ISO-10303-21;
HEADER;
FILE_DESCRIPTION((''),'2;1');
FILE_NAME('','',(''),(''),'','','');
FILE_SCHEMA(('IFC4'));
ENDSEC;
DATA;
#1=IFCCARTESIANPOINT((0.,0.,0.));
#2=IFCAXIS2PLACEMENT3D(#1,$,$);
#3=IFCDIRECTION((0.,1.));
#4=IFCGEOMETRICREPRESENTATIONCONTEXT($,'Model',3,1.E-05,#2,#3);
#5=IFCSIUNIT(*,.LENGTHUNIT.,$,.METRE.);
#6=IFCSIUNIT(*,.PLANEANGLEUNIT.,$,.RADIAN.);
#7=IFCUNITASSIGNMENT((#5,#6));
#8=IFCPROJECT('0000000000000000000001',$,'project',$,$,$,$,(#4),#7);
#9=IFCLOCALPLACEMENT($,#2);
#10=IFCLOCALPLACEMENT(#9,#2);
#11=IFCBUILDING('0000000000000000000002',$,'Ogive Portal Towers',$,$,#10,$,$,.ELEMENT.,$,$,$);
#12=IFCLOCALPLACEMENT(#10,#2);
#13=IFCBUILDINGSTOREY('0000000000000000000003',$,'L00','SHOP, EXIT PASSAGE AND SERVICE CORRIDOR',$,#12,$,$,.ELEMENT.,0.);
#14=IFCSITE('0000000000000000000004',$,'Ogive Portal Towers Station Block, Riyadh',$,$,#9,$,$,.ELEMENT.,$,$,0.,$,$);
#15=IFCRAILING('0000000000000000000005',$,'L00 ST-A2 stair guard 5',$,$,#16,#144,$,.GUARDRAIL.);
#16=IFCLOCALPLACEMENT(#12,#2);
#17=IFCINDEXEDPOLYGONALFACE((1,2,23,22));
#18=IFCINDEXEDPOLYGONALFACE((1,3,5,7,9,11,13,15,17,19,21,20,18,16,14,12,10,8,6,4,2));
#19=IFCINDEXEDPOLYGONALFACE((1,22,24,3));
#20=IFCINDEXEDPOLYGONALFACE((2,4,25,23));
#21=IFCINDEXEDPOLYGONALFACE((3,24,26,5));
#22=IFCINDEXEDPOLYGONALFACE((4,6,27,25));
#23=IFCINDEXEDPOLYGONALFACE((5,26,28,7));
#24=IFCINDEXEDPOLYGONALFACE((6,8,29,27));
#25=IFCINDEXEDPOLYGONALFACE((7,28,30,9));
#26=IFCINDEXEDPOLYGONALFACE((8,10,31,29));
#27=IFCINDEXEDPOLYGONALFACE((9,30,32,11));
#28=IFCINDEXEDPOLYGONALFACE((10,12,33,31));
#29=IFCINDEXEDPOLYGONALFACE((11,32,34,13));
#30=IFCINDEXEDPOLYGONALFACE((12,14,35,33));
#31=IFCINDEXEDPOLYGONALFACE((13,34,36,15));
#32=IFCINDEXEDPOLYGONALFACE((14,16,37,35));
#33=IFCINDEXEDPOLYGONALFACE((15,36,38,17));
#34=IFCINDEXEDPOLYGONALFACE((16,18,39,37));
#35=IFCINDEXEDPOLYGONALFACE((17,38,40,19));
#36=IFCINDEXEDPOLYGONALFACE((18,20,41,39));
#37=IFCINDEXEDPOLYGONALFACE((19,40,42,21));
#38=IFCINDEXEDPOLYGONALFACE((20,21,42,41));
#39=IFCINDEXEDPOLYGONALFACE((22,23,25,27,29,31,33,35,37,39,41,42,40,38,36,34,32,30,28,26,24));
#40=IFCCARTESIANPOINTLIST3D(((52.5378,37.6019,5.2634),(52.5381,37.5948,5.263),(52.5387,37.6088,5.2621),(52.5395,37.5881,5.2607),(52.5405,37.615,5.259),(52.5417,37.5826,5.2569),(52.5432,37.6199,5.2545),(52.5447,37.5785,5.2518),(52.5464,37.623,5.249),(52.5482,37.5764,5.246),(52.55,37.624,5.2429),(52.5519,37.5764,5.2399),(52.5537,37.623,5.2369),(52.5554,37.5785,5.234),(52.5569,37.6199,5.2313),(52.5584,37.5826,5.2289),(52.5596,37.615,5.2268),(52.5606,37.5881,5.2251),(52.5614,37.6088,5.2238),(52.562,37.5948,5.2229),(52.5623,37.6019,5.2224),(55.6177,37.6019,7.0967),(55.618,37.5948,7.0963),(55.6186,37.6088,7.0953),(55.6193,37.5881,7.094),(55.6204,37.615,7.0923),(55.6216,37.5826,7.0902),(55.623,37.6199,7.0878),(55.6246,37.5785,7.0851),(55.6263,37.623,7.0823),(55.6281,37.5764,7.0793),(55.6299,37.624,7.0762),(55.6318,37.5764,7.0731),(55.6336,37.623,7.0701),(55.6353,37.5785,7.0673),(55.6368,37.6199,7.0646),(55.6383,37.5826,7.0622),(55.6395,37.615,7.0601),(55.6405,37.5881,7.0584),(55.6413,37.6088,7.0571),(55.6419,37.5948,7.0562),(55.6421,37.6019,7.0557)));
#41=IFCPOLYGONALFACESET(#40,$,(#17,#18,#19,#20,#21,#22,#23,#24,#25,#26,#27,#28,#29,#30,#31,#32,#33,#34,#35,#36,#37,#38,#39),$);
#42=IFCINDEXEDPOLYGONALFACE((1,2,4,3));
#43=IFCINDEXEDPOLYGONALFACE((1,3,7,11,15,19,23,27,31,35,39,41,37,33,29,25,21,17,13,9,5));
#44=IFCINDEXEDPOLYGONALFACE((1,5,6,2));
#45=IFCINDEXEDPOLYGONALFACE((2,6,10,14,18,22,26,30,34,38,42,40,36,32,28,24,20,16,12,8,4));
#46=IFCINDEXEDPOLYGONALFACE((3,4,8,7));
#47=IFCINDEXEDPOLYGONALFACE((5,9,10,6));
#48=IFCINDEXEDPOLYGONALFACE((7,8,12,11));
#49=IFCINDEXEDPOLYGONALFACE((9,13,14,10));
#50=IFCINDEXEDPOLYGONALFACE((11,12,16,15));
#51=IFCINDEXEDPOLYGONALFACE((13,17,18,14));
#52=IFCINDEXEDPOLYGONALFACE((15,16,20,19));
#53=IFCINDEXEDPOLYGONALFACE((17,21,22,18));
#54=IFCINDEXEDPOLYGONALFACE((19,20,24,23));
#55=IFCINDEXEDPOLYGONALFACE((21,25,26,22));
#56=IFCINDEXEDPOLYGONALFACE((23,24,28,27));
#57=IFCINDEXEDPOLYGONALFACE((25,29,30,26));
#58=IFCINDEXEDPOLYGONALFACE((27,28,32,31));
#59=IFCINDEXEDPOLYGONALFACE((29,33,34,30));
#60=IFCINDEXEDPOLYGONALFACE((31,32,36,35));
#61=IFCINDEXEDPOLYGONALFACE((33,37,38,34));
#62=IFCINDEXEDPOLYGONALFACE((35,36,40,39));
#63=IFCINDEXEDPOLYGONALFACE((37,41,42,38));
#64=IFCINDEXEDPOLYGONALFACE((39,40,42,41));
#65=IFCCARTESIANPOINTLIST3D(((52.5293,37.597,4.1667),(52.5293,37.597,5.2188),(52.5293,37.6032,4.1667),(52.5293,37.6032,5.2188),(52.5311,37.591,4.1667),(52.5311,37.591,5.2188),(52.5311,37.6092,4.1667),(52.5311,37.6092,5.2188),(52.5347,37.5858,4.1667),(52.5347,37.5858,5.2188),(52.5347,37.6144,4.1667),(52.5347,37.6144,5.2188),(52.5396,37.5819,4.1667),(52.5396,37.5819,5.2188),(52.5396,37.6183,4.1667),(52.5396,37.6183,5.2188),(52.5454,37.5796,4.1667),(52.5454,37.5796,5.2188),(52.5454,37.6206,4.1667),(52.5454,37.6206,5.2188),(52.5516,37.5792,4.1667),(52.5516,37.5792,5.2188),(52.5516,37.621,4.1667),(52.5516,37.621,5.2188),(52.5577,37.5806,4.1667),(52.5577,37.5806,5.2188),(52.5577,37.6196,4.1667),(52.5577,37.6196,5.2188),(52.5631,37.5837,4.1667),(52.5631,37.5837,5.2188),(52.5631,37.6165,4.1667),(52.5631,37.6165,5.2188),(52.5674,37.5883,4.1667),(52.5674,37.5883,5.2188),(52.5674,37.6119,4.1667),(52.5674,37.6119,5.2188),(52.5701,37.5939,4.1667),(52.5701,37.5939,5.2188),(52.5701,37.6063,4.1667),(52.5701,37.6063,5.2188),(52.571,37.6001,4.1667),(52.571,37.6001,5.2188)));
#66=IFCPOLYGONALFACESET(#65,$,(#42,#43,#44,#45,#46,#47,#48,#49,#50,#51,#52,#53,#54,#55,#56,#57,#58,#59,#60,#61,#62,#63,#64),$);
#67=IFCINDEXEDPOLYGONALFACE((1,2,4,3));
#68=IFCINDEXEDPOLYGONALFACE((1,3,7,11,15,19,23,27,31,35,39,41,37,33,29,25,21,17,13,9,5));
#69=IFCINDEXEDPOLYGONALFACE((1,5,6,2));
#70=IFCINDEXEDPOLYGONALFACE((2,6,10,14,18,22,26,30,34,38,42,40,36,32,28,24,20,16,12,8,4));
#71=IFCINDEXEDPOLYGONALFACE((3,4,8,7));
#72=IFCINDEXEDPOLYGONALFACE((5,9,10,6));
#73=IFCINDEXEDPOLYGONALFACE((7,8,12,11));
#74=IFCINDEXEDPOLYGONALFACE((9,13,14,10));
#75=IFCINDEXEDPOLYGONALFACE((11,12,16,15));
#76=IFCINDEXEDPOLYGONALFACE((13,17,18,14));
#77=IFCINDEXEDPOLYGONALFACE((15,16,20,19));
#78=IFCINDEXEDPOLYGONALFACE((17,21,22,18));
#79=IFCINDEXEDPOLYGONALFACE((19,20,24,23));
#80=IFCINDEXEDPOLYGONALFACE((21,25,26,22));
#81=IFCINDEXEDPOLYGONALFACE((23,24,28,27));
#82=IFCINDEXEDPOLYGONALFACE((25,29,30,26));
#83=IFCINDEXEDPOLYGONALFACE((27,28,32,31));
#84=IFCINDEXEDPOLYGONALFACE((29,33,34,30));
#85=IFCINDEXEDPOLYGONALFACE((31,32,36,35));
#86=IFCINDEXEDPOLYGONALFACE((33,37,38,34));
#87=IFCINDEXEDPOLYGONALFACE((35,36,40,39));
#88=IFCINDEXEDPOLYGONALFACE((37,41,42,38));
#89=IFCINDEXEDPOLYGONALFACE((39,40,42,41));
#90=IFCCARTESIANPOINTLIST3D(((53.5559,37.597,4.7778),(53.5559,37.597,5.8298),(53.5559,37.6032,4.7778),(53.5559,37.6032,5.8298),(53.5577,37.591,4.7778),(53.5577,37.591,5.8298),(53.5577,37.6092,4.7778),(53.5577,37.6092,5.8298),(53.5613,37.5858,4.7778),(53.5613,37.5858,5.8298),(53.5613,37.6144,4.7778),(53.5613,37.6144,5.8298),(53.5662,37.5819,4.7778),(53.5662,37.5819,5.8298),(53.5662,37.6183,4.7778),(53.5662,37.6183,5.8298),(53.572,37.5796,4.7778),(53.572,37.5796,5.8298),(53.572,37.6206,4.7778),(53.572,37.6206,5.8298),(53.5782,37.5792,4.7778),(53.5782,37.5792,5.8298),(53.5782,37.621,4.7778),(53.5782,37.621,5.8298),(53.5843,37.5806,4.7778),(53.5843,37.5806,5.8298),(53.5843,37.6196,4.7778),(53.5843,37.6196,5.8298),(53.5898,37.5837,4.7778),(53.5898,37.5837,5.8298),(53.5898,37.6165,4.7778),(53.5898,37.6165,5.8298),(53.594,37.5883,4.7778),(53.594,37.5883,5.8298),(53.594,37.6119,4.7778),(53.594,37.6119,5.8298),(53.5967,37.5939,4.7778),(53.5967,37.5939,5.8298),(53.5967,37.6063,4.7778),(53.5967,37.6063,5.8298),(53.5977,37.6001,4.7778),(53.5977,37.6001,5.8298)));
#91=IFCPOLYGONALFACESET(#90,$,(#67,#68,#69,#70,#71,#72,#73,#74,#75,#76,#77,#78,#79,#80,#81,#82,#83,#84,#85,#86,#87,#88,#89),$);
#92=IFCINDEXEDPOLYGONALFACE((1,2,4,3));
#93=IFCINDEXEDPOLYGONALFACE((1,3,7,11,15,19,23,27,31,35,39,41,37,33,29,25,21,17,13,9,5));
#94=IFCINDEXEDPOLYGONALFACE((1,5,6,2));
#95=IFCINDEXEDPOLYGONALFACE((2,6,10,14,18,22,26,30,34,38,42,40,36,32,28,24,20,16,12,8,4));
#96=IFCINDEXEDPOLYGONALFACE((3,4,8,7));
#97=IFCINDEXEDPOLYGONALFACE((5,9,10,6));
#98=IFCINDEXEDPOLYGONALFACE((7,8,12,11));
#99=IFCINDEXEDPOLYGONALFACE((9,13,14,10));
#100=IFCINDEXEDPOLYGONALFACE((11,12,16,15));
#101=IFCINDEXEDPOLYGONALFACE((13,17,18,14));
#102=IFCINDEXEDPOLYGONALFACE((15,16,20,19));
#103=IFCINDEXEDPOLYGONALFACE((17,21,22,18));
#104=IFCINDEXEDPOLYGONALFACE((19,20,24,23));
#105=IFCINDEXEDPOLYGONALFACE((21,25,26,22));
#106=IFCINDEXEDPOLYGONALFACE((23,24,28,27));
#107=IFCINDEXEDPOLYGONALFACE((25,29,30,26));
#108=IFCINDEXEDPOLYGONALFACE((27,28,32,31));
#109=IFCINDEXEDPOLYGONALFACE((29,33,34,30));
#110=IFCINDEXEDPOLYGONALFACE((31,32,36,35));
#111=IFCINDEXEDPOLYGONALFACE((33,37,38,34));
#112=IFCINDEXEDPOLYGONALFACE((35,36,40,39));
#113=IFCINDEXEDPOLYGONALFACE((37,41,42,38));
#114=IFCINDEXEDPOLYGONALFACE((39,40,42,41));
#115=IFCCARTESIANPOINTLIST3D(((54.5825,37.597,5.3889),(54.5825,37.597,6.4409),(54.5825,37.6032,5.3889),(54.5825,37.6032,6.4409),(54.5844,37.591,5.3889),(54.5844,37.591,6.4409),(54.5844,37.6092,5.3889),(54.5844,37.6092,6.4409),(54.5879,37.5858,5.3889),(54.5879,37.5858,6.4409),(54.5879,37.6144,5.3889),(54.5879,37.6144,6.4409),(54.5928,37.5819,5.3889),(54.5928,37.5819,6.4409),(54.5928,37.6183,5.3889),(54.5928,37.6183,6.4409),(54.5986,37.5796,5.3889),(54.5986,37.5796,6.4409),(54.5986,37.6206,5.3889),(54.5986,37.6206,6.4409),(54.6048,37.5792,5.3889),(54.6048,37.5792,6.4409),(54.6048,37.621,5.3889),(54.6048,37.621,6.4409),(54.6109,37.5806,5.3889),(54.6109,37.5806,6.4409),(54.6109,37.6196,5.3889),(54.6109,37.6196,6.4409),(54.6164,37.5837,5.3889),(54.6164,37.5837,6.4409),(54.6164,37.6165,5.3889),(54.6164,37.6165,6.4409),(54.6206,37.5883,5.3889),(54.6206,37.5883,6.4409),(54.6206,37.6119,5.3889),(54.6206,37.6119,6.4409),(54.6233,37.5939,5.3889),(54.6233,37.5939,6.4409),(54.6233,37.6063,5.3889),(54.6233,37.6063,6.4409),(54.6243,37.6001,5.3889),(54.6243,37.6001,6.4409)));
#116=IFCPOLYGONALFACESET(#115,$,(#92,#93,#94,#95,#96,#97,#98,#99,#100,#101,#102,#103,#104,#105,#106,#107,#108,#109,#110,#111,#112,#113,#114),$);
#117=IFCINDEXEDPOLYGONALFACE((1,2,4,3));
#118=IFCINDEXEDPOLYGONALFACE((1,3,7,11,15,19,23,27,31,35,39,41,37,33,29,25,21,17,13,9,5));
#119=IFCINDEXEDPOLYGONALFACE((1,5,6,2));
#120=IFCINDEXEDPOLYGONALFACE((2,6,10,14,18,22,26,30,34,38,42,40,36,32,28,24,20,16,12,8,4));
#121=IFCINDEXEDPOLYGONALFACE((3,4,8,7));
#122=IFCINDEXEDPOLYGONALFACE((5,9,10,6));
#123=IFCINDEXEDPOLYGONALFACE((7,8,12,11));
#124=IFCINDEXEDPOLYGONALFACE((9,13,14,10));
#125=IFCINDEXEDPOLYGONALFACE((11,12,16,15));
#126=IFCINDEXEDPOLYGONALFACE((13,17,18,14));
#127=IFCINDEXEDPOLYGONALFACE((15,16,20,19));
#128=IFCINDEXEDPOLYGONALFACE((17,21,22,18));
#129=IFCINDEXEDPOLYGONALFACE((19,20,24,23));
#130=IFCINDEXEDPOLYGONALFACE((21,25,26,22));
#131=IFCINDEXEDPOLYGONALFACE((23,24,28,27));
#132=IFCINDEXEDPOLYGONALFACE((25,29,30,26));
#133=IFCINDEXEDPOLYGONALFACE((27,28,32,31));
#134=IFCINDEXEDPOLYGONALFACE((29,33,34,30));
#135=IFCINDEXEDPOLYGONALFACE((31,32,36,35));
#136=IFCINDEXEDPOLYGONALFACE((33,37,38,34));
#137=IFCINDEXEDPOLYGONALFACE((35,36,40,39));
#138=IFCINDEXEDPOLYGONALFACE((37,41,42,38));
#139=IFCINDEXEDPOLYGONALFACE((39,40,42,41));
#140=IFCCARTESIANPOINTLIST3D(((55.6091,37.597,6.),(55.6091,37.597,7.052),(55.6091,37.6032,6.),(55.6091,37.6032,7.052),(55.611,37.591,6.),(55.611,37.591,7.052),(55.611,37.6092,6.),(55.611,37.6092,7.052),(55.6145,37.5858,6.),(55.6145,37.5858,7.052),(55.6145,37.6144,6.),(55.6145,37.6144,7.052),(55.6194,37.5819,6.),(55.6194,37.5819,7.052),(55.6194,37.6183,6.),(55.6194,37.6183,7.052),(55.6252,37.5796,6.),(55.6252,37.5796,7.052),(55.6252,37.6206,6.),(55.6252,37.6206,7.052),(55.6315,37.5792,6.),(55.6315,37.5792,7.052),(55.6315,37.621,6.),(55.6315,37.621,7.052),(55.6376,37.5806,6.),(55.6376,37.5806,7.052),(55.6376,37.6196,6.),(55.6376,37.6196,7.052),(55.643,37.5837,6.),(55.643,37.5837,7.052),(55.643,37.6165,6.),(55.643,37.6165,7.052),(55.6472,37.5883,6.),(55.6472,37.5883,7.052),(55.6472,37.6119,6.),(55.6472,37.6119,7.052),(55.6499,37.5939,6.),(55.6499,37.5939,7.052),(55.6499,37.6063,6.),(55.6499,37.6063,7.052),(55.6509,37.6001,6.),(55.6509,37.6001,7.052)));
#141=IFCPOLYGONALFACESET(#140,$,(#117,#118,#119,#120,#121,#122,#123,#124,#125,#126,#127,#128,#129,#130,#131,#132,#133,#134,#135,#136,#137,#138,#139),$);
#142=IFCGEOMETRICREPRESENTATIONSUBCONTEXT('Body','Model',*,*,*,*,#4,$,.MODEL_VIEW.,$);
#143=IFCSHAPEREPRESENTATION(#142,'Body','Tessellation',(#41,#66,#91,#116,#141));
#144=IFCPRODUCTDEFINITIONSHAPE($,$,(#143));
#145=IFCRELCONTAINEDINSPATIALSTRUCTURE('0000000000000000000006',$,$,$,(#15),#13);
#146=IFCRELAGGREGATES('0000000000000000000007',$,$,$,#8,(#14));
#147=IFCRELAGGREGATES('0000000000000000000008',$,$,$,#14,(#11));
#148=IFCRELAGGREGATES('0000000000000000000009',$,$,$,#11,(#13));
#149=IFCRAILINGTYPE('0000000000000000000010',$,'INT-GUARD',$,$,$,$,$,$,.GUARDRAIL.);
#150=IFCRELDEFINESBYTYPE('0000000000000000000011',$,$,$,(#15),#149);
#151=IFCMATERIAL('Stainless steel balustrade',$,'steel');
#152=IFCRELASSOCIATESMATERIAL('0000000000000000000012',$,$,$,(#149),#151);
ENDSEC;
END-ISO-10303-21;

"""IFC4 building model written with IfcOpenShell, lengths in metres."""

from ifc_helpers import new_model, si_unit, direction, frame, origin, origin_2d, place, context, subcontext, project, spatial, circle, extrude, material, type_object, element, save


model = new_model("IFC4")

# Units and contexts
model_context = context("Model", 3, precision=1e-05, world=origin(), true_north=direction((0.0, 1.0)))
body_context = subcontext(model_context, "Body", "Model", "MODEL_VIEW")
ifc_project = project(units=[si_unit("LENGTHUNIT", "METRE"), si_unit("PLANEANGLEUNIT", "RADIAN")], contexts=[model_context])

# Site, building, storey
site_placement = place(None, origin())
site = spatial("IfcSite", under=ifc_project, at=site_placement, Name="Ogive Portal Towers Station Block, Riyadh", CompositionType="ELEMENT", RefElevation=0.0)
building_placement = place(site_placement, origin())
building = spatial("IfcBuilding", under=site, at=building_placement, Name="Ogive Portal Towers", CompositionType="ELEMENT")
storey_placement = place(building_placement, origin())
storey = spatial("IfcBuildingStorey", under=building, at=storey_placement, Name="L00", Description="SHOP, EXIT PASSAGE AND SERVICE CORRIDOR", CompositionType="ELEMENT", Elevation=0.0)

# Railing
ifc_material_1 = material(Name="Stainless steel balustrade", Category="steel")
railing_type_1 = type_object("IfcRailingType", Name="INT-GUARD", PredefinedType="GUARDRAIL", material=ifc_material_1)
railing_1_placement = place(storey_placement, frame((52.55, 37.6001, 4.1667)))
element("IfcRailing", 1, at=railing_1_placement, inside=storey, type_object=railing_type_1, Name="L00 ST-A2 stair guard 5", PredefinedType="GUARDRAIL", context=body_context, shape_type="SweptSolid", body=[
    extrude(circle(Radius=0.0239, at=origin_2d()), frame((0.0, 0.0, 1.0762), z_axis=(0.859291, 0.0, 0.511487), x_axis=(0.0, 1.0, 0.0)), (0.0, 0.0, 1.0), 3.5842),
    extrude(circle(Radius=0.021, at=origin_2d()), origin(), (0.0, 0.0, 1.0), 1.052),
    extrude(circle(Radius=0.021, at=origin_2d()), frame((1.0266, 0.0, 0.6111)), (0.0, 0.0, 1.0), 1.052),
    extrude(circle(Radius=0.021, at=origin_2d()), frame((2.0532, 0.0, 1.2222)), (0.0, 0.0, 1.0), 1.052),
    extrude(circle(Radius=0.021, at=origin_2d()), frame((3.0798, 0.0, 1.8333)), (0.0, 0.0, 1.0), 1.052),
])

save(model, "model.ifc")
